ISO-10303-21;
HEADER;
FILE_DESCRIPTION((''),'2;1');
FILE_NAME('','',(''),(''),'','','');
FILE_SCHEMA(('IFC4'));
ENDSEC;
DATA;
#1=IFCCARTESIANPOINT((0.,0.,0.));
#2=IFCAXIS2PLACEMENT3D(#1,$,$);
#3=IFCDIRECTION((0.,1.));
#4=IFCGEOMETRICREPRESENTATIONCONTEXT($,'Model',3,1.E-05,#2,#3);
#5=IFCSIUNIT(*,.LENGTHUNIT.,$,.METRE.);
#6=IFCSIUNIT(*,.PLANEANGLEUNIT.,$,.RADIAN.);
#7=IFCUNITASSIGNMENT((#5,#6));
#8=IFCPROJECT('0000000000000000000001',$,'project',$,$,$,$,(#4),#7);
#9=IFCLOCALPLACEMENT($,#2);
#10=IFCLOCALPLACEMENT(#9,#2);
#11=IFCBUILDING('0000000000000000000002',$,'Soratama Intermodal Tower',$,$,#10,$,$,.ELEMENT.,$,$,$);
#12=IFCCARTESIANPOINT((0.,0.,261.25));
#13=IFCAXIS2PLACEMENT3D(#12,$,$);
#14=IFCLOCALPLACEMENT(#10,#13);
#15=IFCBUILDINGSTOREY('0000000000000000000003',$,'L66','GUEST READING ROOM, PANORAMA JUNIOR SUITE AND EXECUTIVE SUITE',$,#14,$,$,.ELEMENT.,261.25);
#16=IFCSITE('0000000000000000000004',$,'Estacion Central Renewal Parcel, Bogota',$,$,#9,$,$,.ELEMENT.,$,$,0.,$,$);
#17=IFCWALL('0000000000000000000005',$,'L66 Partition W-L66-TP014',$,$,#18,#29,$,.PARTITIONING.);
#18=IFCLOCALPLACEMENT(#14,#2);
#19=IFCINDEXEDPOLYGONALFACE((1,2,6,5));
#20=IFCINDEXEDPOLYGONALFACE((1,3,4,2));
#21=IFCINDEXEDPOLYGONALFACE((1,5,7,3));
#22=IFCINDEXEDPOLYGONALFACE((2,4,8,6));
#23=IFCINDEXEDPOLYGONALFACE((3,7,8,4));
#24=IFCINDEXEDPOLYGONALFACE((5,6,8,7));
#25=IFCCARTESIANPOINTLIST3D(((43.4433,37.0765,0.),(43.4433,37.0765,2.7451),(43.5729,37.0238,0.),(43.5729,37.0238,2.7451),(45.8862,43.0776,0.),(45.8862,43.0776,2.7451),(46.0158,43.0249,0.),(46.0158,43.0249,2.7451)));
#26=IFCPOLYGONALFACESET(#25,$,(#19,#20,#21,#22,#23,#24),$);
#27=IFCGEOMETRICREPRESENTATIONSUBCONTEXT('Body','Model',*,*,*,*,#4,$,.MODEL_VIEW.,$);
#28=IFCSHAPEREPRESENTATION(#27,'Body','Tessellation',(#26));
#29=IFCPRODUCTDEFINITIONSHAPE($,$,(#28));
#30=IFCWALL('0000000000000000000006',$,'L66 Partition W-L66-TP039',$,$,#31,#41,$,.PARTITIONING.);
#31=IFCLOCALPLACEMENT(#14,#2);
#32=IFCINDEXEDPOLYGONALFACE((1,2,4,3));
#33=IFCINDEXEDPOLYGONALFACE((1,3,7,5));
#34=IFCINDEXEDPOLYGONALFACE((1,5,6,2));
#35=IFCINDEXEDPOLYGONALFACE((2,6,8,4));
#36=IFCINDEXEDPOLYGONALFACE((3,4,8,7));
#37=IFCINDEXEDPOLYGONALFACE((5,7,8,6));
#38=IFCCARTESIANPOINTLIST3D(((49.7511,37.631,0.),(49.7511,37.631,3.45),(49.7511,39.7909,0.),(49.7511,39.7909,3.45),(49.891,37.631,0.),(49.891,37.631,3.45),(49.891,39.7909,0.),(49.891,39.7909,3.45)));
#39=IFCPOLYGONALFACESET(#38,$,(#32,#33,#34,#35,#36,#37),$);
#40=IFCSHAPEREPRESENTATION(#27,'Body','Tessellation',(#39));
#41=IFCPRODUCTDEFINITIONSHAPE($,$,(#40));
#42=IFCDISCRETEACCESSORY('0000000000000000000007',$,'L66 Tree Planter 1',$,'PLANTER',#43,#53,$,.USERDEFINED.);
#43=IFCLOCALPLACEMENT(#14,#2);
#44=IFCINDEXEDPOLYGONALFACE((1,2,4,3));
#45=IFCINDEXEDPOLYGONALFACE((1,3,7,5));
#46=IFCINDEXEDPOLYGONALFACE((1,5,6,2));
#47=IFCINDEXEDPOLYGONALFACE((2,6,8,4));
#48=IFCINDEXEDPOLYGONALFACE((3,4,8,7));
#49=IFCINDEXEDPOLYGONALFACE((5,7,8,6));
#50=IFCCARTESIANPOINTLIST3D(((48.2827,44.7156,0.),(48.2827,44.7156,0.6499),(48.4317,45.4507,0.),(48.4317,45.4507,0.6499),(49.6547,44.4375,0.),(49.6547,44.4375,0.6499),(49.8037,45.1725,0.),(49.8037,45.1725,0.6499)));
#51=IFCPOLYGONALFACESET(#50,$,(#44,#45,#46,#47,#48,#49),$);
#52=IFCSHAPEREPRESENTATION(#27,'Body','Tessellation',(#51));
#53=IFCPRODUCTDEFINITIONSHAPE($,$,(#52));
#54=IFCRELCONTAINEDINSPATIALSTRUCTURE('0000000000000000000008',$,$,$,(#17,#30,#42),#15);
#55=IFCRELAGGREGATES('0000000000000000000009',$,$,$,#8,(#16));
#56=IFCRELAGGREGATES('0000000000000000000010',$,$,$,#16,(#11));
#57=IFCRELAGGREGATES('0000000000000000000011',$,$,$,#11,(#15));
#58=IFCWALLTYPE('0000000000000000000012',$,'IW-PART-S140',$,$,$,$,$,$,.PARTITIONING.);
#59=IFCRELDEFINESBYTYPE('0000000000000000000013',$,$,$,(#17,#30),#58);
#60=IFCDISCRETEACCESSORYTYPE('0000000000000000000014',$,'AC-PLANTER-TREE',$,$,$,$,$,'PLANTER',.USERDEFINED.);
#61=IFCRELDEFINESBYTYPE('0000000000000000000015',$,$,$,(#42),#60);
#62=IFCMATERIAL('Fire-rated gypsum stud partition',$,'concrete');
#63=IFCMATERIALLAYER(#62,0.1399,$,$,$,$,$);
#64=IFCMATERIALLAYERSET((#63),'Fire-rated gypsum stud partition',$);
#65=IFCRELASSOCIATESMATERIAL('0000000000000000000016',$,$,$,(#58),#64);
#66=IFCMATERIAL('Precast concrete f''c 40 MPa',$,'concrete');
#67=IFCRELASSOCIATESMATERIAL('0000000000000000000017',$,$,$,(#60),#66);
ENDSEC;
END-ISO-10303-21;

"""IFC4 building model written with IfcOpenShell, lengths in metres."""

from ifc_helpers import new_model, si_unit, direction, frame, frame_2d, origin, origin_2d, place, context, subcontext, project, spatial, rectangle, extrude, material, layer, layer_set, type_object, element, save


model = new_model("IFC4")

# Units and contexts
model_context = context("Model", 3, precision=1e-05, world=origin(), true_north=direction((0.0, 1.0)))
body_context = subcontext(model_context, "Body", "Model", "MODEL_VIEW")
ifc_project = project(units=[si_unit("LENGTHUNIT", "METRE"), si_unit("PLANEANGLEUNIT", "RADIAN")], contexts=[model_context])

# Site, building, storey
site_placement = place(None, origin())
site = spatial("IfcSite", under=ifc_project, at=site_placement, Name="Estacion Central Renewal Parcel, Bogota", CompositionType="ELEMENT", RefElevation=0.0)
building_placement = place(site_placement, origin())
building = spatial("IfcBuilding", under=site, at=building_placement, Name="Soratama Intermodal Tower", CompositionType="ELEMENT")
storey_placement = place(building_placement, frame((0.0, 0.0, 261.25)))
storey = spatial("IfcBuildingStorey", under=building, at=storey_placement, Name="L66", Description="GUEST READING ROOM, PANORAMA JUNIOR SUITE AND EXECUTIVE SUITE", CompositionType="ELEMENT", Elevation=261.25)

# Walls
ifc_material_1 = material(Name="Fire-rated gypsum stud partition", Category="concrete")
ifc_layer_1 = layer(ifc_material_1, 0.1399)
ifc_layer_set_1 = layer_set([ifc_layer_1], Name="Fire-rated gypsum stud partition")
wall_type_1 = type_object("IfcWallType", Name="IW-PART-S140", PredefinedType="PARTITIONING", material=ifc_layer_set_1)
wall_1_placement = place(storey_placement, frame((43.5081, 37.05, 0.0), z_axis=(0.0, 0.0, 1.0), x_axis=(0.377036, 0.926199, 0.0)))
element("IfcWall", 1, at=wall_1_placement, inside=storey, type_object=wall_type_1, Name="L66 Partition W-L66-TP014", PredefinedType="PARTITIONING", context=body_context, shape_type="SweptSolid", body=[
    extrude(rectangle(XDim=6.4792, YDim=0.1399, at=frame_2d((3.2397, 0.0))), origin(), (0.0, 0.0, 1.0), 2.7451),
])
wall_2_placement = place(storey_placement, frame((49.821, 39.791, 0.0), z_axis=(0.0, 0.0, 1.0), x_axis=(0.0, -1.0, 0.0)))
element("IfcWall", 2, at=wall_2_placement, inside=storey, type_object=wall_type_1, Name="L66 Partition W-L66-TP039", PredefinedType="PARTITIONING", context=body_context, shape_type="SweptSolid", body=[
    extrude(rectangle(XDim=2.1599, YDim=0.1399, at=frame_2d((1.0801, 0.0))), origin(), (0.0, 0.0, 1.0), 3.45),
])

# Discrete accessory
ifc_material_2 = material(Name="Precast concrete f'c 40 MPa", Category="concrete")
discrete_accessory_type = type_object("IfcDiscreteAccessoryType", Name="AC-PLANTER-TREE", ElementType="PLANTER", PredefinedType="USERDEFINED", material=ifc_material_2)
discrete_accessory_placement = place(storey_placement, frame((49.0432, 44.9441, 0.0), z_axis=(0.0, 0.0, 1.0), x_axis=(0.198684, 0.980064, 0.0)))
element("IfcDiscreteAccessory", 3, at=discrete_accessory_placement, inside=storey, type_object=discrete_accessory_type, Name="L66 Tree Planter 1", ObjectType="PLANTER", PredefinedType="USERDEFINED", context=body_context, shape_type="SweptSolid", body=[
    extrude(rectangle(XDim=0.75, YDim=1.3999, at=origin_2d()), origin(), (0.0, 0.0, 1.0), 0.6499),
])

save(model, "model.ifc")
